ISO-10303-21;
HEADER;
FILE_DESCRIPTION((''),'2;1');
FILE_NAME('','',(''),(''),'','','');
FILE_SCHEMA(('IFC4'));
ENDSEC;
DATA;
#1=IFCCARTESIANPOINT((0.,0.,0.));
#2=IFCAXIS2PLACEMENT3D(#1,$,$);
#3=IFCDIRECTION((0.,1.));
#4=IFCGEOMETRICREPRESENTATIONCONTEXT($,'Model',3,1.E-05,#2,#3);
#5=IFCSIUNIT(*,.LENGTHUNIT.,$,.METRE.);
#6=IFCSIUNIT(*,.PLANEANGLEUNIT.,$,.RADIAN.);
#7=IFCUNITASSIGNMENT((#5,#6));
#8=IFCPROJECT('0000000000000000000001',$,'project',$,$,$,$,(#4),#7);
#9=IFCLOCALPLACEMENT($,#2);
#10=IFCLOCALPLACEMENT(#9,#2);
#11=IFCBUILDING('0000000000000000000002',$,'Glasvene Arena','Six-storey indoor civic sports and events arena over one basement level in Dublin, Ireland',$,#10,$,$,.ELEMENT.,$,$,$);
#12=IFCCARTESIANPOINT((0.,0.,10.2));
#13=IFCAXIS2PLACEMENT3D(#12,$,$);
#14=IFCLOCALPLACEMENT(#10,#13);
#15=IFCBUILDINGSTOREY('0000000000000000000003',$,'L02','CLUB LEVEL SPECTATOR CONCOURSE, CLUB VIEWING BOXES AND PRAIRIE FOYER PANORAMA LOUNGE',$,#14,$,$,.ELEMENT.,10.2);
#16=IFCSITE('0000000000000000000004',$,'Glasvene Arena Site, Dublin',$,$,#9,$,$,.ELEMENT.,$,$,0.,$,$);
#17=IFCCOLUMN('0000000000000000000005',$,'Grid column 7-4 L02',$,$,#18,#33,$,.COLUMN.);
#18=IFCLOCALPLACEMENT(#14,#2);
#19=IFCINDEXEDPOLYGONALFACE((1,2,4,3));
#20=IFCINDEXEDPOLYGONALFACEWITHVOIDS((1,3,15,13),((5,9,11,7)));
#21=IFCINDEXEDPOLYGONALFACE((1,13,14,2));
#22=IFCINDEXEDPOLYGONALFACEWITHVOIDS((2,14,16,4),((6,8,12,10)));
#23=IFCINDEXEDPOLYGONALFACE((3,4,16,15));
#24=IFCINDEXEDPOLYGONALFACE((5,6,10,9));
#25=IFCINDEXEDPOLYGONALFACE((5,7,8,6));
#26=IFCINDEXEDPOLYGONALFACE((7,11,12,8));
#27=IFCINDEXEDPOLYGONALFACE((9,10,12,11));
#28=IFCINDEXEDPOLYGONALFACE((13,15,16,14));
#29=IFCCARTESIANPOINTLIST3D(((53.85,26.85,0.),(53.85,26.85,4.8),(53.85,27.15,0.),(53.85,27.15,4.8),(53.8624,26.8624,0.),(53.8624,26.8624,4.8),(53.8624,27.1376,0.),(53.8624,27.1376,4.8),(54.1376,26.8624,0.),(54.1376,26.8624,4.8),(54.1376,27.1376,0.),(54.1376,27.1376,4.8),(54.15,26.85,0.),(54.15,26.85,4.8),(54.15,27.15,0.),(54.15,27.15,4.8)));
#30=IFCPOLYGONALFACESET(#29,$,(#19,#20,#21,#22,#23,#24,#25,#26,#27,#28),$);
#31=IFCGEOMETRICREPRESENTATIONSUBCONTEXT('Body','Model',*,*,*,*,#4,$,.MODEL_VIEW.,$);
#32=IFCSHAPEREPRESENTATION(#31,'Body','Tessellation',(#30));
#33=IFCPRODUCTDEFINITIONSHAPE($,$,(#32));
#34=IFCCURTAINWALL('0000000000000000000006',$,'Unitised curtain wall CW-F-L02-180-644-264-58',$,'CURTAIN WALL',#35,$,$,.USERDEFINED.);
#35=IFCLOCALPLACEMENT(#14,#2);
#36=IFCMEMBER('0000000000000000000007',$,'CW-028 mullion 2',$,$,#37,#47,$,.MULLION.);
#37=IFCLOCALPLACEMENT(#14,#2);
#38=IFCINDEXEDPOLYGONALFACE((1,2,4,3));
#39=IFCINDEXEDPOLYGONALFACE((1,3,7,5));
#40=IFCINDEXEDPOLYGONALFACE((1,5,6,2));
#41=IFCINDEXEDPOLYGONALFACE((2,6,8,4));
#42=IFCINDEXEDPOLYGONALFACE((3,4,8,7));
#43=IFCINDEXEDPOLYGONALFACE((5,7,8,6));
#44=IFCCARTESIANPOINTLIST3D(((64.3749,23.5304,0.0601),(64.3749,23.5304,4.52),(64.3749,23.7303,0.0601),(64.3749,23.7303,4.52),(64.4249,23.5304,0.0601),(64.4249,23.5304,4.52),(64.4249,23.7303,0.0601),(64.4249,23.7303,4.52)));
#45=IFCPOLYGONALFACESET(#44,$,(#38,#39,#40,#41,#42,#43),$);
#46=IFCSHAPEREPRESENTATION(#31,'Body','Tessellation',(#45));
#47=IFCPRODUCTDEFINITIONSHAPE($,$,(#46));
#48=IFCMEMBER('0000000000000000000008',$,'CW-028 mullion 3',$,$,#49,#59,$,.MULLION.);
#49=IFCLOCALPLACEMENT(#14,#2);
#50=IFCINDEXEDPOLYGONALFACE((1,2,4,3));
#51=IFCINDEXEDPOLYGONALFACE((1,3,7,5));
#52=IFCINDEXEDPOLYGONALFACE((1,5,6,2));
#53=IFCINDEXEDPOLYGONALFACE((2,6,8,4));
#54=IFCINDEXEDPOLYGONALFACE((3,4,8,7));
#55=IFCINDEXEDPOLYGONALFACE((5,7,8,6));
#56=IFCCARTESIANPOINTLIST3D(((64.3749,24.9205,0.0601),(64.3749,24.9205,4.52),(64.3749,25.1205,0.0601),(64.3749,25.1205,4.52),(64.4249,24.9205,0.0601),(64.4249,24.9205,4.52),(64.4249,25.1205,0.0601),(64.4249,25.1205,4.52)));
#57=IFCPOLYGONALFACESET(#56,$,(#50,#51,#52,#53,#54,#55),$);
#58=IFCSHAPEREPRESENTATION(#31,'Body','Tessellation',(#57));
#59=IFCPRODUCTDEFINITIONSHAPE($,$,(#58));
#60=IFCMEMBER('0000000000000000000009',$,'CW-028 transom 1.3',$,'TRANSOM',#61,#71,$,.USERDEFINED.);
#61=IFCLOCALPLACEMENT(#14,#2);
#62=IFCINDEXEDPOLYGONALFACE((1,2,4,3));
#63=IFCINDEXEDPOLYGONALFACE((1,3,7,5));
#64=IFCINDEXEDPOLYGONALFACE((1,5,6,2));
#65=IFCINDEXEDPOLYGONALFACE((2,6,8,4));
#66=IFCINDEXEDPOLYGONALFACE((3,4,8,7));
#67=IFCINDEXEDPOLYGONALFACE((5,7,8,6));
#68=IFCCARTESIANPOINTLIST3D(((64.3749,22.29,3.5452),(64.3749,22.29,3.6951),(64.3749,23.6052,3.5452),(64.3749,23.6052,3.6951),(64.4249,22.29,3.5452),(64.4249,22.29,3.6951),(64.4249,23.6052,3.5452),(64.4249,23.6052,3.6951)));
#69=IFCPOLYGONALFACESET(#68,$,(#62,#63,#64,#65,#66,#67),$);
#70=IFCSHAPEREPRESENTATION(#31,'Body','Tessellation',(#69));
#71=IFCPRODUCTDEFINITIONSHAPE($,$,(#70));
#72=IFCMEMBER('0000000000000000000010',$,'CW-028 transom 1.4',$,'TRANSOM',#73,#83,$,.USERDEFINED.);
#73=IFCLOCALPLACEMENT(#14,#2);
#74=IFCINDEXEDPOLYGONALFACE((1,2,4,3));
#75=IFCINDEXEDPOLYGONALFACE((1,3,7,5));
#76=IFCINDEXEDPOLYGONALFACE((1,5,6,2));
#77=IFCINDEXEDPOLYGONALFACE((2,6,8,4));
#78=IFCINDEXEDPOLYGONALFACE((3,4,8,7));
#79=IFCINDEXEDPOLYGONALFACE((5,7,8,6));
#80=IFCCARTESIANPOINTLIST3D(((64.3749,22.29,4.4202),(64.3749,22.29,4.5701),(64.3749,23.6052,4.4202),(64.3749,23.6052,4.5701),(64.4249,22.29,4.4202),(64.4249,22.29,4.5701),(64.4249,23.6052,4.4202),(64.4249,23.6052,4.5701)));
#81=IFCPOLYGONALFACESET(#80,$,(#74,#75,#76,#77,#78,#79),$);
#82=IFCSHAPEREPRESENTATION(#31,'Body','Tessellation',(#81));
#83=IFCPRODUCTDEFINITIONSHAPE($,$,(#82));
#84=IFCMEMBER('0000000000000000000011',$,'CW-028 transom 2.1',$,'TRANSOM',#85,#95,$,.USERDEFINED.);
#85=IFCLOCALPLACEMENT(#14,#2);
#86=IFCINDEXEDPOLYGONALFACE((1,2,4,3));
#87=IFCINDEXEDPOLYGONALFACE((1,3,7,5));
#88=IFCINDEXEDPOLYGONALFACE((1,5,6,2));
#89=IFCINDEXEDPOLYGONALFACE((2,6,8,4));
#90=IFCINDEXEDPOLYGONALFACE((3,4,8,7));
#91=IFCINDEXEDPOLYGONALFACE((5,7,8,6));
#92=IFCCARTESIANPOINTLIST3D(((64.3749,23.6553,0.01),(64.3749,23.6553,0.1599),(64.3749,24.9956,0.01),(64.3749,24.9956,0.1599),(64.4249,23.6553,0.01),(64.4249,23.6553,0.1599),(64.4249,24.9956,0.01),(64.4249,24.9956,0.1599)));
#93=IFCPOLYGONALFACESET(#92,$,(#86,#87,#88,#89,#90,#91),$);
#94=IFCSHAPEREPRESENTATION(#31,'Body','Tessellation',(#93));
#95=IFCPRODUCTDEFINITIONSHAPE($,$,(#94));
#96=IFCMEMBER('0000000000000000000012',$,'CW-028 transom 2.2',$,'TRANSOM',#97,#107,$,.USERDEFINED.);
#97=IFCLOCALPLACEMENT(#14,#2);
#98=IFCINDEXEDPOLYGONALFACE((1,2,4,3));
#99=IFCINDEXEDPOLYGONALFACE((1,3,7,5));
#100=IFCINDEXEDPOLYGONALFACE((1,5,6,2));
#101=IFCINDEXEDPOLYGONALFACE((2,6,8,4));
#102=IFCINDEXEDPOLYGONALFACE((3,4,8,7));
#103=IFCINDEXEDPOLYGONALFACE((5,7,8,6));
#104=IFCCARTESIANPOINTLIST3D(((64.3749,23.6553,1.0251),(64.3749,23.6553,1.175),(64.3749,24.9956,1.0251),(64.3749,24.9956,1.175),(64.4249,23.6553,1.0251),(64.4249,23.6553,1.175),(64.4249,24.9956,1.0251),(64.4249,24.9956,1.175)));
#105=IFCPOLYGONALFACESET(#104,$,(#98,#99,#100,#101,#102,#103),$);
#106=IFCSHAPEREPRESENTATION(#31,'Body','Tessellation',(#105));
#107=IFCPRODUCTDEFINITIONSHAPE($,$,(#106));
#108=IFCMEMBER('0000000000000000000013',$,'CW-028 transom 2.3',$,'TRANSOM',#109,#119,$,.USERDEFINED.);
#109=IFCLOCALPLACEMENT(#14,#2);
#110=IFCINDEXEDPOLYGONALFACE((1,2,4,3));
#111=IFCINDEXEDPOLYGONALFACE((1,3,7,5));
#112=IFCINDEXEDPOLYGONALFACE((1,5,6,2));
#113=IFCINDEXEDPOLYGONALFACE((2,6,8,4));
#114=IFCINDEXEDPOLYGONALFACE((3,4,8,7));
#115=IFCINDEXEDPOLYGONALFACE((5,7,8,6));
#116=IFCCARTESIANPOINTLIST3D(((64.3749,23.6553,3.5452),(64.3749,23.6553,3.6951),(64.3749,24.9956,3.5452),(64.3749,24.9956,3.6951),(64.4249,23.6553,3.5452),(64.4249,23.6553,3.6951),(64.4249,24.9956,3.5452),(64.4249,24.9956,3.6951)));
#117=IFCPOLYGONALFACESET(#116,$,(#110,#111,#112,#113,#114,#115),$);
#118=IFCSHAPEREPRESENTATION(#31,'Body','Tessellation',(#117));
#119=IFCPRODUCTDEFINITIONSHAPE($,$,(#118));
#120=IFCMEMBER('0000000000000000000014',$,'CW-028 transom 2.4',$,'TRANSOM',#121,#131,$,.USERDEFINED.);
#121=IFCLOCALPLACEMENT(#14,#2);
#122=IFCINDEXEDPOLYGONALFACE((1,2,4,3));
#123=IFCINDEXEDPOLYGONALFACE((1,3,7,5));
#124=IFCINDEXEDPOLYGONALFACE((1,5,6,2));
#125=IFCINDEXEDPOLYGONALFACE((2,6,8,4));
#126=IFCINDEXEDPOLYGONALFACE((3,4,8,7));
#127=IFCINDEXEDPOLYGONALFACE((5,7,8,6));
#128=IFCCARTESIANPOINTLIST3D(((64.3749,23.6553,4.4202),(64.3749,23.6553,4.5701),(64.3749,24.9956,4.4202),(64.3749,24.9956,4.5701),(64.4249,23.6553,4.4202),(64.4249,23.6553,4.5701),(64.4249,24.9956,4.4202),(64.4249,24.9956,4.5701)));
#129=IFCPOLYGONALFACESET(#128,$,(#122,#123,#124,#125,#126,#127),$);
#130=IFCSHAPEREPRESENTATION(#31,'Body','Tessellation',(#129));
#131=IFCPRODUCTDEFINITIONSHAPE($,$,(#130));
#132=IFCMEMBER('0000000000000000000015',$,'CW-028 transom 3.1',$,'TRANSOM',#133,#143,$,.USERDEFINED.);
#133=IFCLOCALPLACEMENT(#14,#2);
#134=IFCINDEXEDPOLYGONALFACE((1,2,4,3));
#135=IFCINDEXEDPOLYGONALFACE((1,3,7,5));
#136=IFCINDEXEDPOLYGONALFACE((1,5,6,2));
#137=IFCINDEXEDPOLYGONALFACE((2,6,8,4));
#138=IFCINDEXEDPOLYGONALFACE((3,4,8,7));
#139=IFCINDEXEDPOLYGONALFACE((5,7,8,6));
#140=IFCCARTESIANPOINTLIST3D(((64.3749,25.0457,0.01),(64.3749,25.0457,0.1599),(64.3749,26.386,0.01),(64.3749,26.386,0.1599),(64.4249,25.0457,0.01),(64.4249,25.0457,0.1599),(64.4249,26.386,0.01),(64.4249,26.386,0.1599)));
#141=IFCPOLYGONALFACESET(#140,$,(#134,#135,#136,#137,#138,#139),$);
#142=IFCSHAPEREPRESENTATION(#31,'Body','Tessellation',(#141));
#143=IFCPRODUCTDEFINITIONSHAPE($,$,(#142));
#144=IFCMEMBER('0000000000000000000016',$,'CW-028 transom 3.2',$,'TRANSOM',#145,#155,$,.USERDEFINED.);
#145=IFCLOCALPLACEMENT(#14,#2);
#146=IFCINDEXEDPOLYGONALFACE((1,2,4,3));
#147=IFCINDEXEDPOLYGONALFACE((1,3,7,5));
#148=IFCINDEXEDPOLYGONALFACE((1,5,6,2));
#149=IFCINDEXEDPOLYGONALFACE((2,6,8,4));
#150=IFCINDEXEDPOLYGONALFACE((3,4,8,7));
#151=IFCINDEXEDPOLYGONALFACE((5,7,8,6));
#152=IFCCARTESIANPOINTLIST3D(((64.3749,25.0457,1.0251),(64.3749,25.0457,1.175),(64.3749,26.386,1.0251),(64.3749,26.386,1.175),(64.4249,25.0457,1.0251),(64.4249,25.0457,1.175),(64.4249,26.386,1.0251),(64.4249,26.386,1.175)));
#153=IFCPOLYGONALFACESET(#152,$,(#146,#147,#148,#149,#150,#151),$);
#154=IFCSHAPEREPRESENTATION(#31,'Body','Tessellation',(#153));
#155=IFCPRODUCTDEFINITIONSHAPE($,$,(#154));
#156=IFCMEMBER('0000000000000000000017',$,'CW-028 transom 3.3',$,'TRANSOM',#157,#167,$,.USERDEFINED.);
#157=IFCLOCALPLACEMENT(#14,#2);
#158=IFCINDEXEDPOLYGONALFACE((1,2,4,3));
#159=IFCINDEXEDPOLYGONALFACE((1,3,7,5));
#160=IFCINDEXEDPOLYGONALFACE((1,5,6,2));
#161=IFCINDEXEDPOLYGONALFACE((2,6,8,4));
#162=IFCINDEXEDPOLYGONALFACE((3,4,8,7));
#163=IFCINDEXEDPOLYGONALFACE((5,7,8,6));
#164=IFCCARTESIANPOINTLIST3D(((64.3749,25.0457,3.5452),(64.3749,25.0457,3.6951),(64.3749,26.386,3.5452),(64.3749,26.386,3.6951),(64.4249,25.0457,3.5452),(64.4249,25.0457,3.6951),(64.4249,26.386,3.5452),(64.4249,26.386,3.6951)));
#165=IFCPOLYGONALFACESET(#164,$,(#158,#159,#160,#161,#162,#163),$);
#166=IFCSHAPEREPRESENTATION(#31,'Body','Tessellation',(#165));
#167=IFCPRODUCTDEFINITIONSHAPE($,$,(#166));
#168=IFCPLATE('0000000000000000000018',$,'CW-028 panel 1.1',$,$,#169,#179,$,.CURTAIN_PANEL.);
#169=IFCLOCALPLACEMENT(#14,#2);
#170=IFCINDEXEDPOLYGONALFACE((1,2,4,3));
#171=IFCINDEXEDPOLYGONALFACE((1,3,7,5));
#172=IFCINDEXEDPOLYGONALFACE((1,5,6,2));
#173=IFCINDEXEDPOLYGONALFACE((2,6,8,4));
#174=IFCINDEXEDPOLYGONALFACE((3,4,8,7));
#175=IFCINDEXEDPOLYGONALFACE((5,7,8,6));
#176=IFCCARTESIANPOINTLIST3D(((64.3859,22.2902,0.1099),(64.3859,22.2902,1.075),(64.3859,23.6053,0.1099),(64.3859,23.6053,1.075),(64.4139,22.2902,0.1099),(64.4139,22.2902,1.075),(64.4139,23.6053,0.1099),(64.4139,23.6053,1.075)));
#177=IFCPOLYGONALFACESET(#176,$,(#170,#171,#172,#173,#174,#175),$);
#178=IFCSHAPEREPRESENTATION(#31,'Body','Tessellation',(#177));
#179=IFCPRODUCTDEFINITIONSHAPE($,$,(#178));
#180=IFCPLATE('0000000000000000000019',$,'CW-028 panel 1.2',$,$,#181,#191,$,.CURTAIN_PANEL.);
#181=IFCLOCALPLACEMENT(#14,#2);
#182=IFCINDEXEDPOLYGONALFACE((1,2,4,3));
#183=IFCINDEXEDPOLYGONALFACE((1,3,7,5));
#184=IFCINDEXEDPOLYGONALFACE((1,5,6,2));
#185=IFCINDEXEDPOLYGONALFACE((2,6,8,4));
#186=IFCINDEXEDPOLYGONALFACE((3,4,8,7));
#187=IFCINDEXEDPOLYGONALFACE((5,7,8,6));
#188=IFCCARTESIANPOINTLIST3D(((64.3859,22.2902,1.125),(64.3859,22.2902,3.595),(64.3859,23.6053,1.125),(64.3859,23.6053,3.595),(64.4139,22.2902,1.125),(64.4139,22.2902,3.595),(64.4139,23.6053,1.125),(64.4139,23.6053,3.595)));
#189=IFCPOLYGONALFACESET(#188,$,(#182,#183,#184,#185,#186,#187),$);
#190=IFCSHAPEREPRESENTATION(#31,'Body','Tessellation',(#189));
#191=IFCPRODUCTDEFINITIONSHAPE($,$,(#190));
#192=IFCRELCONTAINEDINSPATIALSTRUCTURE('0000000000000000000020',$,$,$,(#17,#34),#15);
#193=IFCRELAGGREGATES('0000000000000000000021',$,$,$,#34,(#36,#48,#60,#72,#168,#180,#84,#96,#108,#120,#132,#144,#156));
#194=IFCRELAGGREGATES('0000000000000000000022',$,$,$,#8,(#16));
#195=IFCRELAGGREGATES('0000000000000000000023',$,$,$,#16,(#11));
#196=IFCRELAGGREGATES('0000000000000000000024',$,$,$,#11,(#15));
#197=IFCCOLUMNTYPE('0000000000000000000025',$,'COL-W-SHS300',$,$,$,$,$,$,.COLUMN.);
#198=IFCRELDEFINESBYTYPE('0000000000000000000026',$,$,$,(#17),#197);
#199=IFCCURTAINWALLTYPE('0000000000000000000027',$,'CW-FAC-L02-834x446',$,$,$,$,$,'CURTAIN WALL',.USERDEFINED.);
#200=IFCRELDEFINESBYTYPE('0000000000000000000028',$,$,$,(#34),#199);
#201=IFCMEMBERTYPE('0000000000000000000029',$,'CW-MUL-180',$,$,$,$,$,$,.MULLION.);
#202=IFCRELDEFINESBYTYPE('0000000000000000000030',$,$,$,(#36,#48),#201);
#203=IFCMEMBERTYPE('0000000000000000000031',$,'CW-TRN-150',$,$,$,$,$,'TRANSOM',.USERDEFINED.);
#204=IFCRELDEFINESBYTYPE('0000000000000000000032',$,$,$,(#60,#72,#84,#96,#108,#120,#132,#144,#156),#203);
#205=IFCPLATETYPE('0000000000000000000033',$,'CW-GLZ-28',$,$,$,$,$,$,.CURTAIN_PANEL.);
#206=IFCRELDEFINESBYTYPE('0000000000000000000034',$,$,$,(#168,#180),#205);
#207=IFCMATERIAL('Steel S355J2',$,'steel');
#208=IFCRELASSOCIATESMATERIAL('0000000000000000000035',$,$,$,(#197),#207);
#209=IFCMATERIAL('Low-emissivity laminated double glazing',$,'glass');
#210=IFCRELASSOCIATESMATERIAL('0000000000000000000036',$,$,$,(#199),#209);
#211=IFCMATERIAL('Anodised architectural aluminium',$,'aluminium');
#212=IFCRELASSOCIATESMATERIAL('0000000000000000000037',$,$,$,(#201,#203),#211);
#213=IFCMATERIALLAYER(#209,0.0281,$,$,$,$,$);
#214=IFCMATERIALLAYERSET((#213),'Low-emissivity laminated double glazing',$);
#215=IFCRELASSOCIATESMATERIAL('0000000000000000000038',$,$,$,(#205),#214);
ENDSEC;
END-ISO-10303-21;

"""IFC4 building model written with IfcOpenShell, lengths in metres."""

from ifc_helpers import new_model, si_unit, direction, frame, origin, origin_2d, place, context, subcontext, project, spatial, rectangle, hollow_rectangle, extrude, material, layer, layer_set, material_profile, profile_set, type_object, element, aggregate, save


model = new_model("IFC4")

# Units and contexts
model_context = context("Model", 3, precision=1e-05, world=origin(), true_north=direction((0.0, 1.0)))
body_context = subcontext(model_context, "Body", "Model", "MODEL_VIEW")
ifc_project = project(units=[si_unit("LENGTHUNIT", "METRE"), si_unit("PLANEANGLEUNIT", "RADIAN")], contexts=[model_context])

# Site, building, storey
site_placement = place(None, origin())
site = spatial("IfcSite", under=ifc_project, at=site_placement, Name="Glasvene Arena Site, Dublin", CompositionType="ELEMENT", RefElevation=0.0)
building_placement = place(site_placement, origin())
building = spatial("IfcBuilding", under=site, at=building_placement, Name="Glasvene Arena", Description="Six-storey indoor civic sports and events arena over one basement level in Dublin, Ireland", CompositionType="ELEMENT")
storey_placement = place(building_placement, frame((0.0, 0.0, 10.2)))
storey = spatial("IfcBuildingStorey", under=building, at=storey_placement, Name="L02", Description="CLUB LEVEL SPECTATOR CONCOURSE, CLUB VIEWING BOXES AND PRAIRIE FOYER PANORAMA LOUNGE", CompositionType="ELEMENT", Elevation=10.2)

# Column
ifc_material_1 = material(Name="Steel S355J2", Category="steel")
ifc_material_profile_1 = material_profile(ifc_material_1, hollow_rectangle(XDim=0.3, YDim=0.3, WallThickness=0.0125, at=origin_2d()), Name="SHS 300x300x12.5")
ifc_profile_set_1 = profile_set([ifc_material_profile_1], Name="Steel S355J2")
column_type = type_object("IfcColumnType", Name="COL-W-SHS300", PredefinedType="COLUMN", material=ifc_profile_set_1)
column_placement = place(storey_placement, frame((54.0, 27.0, 0.0), z_axis=(0.0, 0.0, 1.0), x_axis=(1.0, 0.0, 0.0)))
element("IfcColumn", 1, at=column_placement, inside=storey, type_object=column_type, Name="Grid column 7-4 L02", PredefinedType="COLUMN", context=body_context, shape_type="SweptSolid", body=[
    extrude(hollow_rectangle(XDim=0.3, YDim=0.3, WallThickness=0.0125, at=origin_2d()), origin(), (0.0, 0.0, 1.0), 4.8),
])

# Curtain wall, members, plates
ifc_material_2 = material(Name="Low-emissivity laminated double glazing", Category="glass")
curtain_wall_type = type_object("IfcCurtainWallType", Name="CW-FAC-L02-834x446", ElementType="CURTAIN WALL", PredefinedType="USERDEFINED", material=ifc_material_2)
curtain_wall_placement = place(storey_placement, frame((64.3999, 22.24, 0.0)))
curtain_wall = element("IfcCurtainWall", 2, at=curtain_wall_placement, inside=storey, type_object=curtain_wall_type, Name="Unitised curtain wall CW-F-L02-180-644-264-58", ObjectType="CURTAIN WALL", PredefinedType="USERDEFINED")
ifc_material_3 = material(Name="Anodised architectural aluminium", Category="aluminium")
ifc_material_profile_2 = material_profile(ifc_material_3, rectangle(XDim=0.05, YDim=0.2, at=origin_2d()), Name="ALU MULLION 50x200")
ifc_profile_set_2 = profile_set([ifc_material_profile_2], Name="Anodised architectural aluminium")
member_type_1 = type_object("IfcMemberType", Name="CW-MUL-180", PredefinedType="MULLION", material=ifc_profile_set_2)
member_1_placement = place(storey_placement, frame((64.3999, 23.6304, 0.0601), z_axis=(0.0, 0.0, 1.0), x_axis=(-1.0, 0.0, 0.0)))
member_1 = element("IfcMember", 3, at=member_1_placement, type_object=member_type_1, Name="CW-028 mullion 2", PredefinedType="MULLION", context=body_context, shape_type="SweptSolid", body=[
    extrude(rectangle(XDim=0.05, YDim=0.2, at=origin_2d()), origin(), (0.0, 0.0, 1.0), 4.46),
])
member_2_placement = place(storey_placement, frame((64.3999, 25.0205, 0.0601), z_axis=(0.0, 0.0, 1.0), x_axis=(-1.0, 0.0, 0.0)))
member_2 = element("IfcMember", 4, at=member_2_placement, type_object=member_type_1, Name="CW-028 mullion 3", PredefinedType="MULLION", context=body_context, shape_type="SweptSolid", body=[
    extrude(rectangle(XDim=0.05, YDim=0.2, at=origin_2d()), origin(), (0.0, 0.0, 1.0), 4.46),
])
ifc_material_profile_3 = material_profile(ifc_material_3, rectangle(XDim=0.05, YDim=0.1499, at=origin_2d()), Name="ALU TRANSOM 50x150")
ifc_profile_set_3 = profile_set([ifc_material_profile_3], Name="Anodised architectural aluminium")
member_type_2 = type_object("IfcMemberType", Name="CW-TRN-150", ElementType="TRANSOM", PredefinedType="USERDEFINED", material=ifc_profile_set_3)
member_3_placement = place(storey_placement, frame((64.3999, 22.29, 3.6201), z_axis=(0.0, 1.0, 0.0), x_axis=(-1.0, 0.0, 0.0)))
member_3 = element("IfcMember", 5, at=member_3_placement, type_object=member_type_2, Name="CW-028 transom 1.3", ObjectType="TRANSOM", PredefinedType="USERDEFINED", context=body_context, shape_type="SweptSolid", body=[
    extrude(rectangle(XDim=0.05, YDim=0.1499, at=origin_2d()), origin(), (0.0, 0.0, 1.0), 1.3152),
])
member_4_placement = place(storey_placement, frame((64.3999, 22.29, 4.4951), z_axis=(0.0, 1.0, 0.0), x_axis=(-1.0, 0.0, 0.0)))
member_4 = element("IfcMember", 6, at=member_4_placement, type_object=member_type_2, Name="CW-028 transom 1.4", ObjectType="TRANSOM", PredefinedType="USERDEFINED", context=body_context, shape_type="SweptSolid", body=[
    extrude(rectangle(XDim=0.05, YDim=0.1499, at=origin_2d()), origin(), (0.0, 0.0, 1.0), 1.3152),
])
member_5_placement = place(storey_placement, frame((64.3999, 23.6553, 0.085), z_axis=(0.0, 1.0, 0.0), x_axis=(-1.0, 0.0, 0.0)))
member_5 = element("IfcMember", 7, at=member_5_placement, type_object=member_type_2, Name="CW-028 transom 2.1", ObjectType="TRANSOM", PredefinedType="USERDEFINED", context=body_context, shape_type="SweptSolid", body=[
    extrude(rectangle(XDim=0.05, YDim=0.1499, at=origin_2d()), origin(), (0.0, 0.0, 1.0), 1.3403),
])
member_6_placement = place(storey_placement, frame((64.3999, 23.6553, 1.1001), z_axis=(0.0, 1.0, 0.0), x_axis=(-1.0, 0.0, 0.0)))
member_6 = element("IfcMember", 8, at=member_6_placement, type_object=member_type_2, Name="CW-028 transom 2.2", ObjectType="TRANSOM", PredefinedType="USERDEFINED", context=body_context, shape_type="SweptSolid", body=[
    extrude(rectangle(XDim=0.05, YDim=0.1499, at=origin_2d()), origin(), (0.0, 0.0, 1.0), 1.3403),
])
member_7_placement = place(storey_placement, frame((64.3999, 23.6553, 3.6201), z_axis=(0.0, 1.0, 0.0), x_axis=(-1.0, 0.0, 0.0)))
member_7 = element("IfcMember", 9, at=member_7_placement, type_object=member_type_2, Name="CW-028 transom 2.3", ObjectType="TRANSOM", PredefinedType="USERDEFINED", context=body_context, shape_type="SweptSolid", body=[
    extrude(rectangle(XDim=0.05, YDim=0.1499, at=origin_2d()), origin(), (0.0, 0.0, 1.0), 1.3403),
])
member_8_placement = place(storey_placement, frame((64.3999, 23.6553, 4.4951), z_axis=(0.0, 1.0, 0.0), x_axis=(-1.0, 0.0, 0.0)))
member_8 = element("IfcMember", 10, at=member_8_placement, type_object=member_type_2, Name="CW-028 transom 2.4", ObjectType="TRANSOM", PredefinedType="USERDEFINED", context=body_context, shape_type="SweptSolid", body=[
    extrude(rectangle(XDim=0.05, YDim=0.1499, at=origin_2d()), origin(), (0.0, 0.0, 1.0), 1.3403),
])
member_9_placement = place(storey_placement, frame((64.3999, 25.0457, 0.085), z_axis=(0.0, 1.0, 0.0), x_axis=(-1.0, 0.0, 0.0)))
member_9 = element("IfcMember", 11, at=member_9_placement, type_object=member_type_2, Name="CW-028 transom 3.1", ObjectType="TRANSOM", PredefinedType="USERDEFINED", context=body_context, shape_type="SweptSolid", body=[
    extrude(rectangle(XDim=0.05, YDim=0.1499, at=origin_2d()), origin(), (0.0, 0.0, 1.0), 1.3403),
])
member_10_placement = place(storey_placement, frame((64.3999, 25.0457, 1.1001), z_axis=(0.0, 1.0, 0.0), x_axis=(-1.0, 0.0, 0.0)))
member_10 = element("IfcMember", 12, at=member_10_placement, type_object=member_type_2, Name="CW-028 transom 3.2", ObjectType="TRANSOM", PredefinedType="USERDEFINED", context=body_context, shape_type="SweptSolid", body=[
    extrude(rectangle(XDim=0.05, YDim=0.1499, at=origin_2d()), origin(), (0.0, 0.0, 1.0), 1.3403),
])
member_11_placement = place(storey_placement, frame((64.3999, 25.0457, 3.6201), z_axis=(0.0, 1.0, 0.0), x_axis=(-1.0, 0.0, 0.0)))
member_11 = element("IfcMember", 13, at=member_11_placement, type_object=member_type_2, Name="CW-028 transom 3.3", ObjectType="TRANSOM", PredefinedType="USERDEFINED", context=body_context, shape_type="SweptSolid", body=[
    extrude(rectangle(XDim=0.05, YDim=0.1499, at=origin_2d()), origin(), (0.0, 0.0, 1.0), 1.3403),
])
ifc_layer_1 = layer(ifc_material_2, 0.0281)
ifc_layer_set_1 = layer_set([ifc_layer_1], Name="Low-emissivity laminated double glazing")
plate_type = type_object("IfcPlateType", Name="CW-GLZ-28", PredefinedType="CURTAIN_PANEL", material=ifc_layer_set_1)
plate_1_placement = place(storey_placement, frame((64.3999, 22.9478, 0.1099), z_axis=(0.0, 0.0, 1.0), x_axis=(0.0, 1.0, 0.0)))
plate_1 = element("IfcPlate", 14, at=plate_1_placement, type_object=plate_type, Name="CW-028 panel 1.1", PredefinedType="CURTAIN_PANEL", context=body_context, shape_type="SweptSolid", body=[
    extrude(rectangle(XDim=1.3152, YDim=0.0281, at=origin_2d()), origin(), (0.0, 0.0, 1.0), 0.9651),
])
plate_2_placement = place(storey_placement, frame((64.3999, 22.9478, 1.125), z_axis=(0.0, 0.0, 1.0), x_axis=(0.0, 1.0, 0.0)))
plate_2 = element("IfcPlate", 15, at=plate_2_placement, type_object=plate_type, Name="CW-028 panel 1.2", PredefinedType="CURTAIN_PANEL", context=body_context, shape_type="SweptSolid", body=[
    extrude(rectangle(XDim=1.3152, YDim=0.0281, at=origin_2d()), origin(), (0.0, 0.0, 1.0), 2.47),
])
aggregate(curtain_wall, [member_1, member_2, member_3, member_4, plate_1, plate_2, member_5, member_6, member_7, member_8, member_9, member_10, member_11])

save(model, "model.ifc")
